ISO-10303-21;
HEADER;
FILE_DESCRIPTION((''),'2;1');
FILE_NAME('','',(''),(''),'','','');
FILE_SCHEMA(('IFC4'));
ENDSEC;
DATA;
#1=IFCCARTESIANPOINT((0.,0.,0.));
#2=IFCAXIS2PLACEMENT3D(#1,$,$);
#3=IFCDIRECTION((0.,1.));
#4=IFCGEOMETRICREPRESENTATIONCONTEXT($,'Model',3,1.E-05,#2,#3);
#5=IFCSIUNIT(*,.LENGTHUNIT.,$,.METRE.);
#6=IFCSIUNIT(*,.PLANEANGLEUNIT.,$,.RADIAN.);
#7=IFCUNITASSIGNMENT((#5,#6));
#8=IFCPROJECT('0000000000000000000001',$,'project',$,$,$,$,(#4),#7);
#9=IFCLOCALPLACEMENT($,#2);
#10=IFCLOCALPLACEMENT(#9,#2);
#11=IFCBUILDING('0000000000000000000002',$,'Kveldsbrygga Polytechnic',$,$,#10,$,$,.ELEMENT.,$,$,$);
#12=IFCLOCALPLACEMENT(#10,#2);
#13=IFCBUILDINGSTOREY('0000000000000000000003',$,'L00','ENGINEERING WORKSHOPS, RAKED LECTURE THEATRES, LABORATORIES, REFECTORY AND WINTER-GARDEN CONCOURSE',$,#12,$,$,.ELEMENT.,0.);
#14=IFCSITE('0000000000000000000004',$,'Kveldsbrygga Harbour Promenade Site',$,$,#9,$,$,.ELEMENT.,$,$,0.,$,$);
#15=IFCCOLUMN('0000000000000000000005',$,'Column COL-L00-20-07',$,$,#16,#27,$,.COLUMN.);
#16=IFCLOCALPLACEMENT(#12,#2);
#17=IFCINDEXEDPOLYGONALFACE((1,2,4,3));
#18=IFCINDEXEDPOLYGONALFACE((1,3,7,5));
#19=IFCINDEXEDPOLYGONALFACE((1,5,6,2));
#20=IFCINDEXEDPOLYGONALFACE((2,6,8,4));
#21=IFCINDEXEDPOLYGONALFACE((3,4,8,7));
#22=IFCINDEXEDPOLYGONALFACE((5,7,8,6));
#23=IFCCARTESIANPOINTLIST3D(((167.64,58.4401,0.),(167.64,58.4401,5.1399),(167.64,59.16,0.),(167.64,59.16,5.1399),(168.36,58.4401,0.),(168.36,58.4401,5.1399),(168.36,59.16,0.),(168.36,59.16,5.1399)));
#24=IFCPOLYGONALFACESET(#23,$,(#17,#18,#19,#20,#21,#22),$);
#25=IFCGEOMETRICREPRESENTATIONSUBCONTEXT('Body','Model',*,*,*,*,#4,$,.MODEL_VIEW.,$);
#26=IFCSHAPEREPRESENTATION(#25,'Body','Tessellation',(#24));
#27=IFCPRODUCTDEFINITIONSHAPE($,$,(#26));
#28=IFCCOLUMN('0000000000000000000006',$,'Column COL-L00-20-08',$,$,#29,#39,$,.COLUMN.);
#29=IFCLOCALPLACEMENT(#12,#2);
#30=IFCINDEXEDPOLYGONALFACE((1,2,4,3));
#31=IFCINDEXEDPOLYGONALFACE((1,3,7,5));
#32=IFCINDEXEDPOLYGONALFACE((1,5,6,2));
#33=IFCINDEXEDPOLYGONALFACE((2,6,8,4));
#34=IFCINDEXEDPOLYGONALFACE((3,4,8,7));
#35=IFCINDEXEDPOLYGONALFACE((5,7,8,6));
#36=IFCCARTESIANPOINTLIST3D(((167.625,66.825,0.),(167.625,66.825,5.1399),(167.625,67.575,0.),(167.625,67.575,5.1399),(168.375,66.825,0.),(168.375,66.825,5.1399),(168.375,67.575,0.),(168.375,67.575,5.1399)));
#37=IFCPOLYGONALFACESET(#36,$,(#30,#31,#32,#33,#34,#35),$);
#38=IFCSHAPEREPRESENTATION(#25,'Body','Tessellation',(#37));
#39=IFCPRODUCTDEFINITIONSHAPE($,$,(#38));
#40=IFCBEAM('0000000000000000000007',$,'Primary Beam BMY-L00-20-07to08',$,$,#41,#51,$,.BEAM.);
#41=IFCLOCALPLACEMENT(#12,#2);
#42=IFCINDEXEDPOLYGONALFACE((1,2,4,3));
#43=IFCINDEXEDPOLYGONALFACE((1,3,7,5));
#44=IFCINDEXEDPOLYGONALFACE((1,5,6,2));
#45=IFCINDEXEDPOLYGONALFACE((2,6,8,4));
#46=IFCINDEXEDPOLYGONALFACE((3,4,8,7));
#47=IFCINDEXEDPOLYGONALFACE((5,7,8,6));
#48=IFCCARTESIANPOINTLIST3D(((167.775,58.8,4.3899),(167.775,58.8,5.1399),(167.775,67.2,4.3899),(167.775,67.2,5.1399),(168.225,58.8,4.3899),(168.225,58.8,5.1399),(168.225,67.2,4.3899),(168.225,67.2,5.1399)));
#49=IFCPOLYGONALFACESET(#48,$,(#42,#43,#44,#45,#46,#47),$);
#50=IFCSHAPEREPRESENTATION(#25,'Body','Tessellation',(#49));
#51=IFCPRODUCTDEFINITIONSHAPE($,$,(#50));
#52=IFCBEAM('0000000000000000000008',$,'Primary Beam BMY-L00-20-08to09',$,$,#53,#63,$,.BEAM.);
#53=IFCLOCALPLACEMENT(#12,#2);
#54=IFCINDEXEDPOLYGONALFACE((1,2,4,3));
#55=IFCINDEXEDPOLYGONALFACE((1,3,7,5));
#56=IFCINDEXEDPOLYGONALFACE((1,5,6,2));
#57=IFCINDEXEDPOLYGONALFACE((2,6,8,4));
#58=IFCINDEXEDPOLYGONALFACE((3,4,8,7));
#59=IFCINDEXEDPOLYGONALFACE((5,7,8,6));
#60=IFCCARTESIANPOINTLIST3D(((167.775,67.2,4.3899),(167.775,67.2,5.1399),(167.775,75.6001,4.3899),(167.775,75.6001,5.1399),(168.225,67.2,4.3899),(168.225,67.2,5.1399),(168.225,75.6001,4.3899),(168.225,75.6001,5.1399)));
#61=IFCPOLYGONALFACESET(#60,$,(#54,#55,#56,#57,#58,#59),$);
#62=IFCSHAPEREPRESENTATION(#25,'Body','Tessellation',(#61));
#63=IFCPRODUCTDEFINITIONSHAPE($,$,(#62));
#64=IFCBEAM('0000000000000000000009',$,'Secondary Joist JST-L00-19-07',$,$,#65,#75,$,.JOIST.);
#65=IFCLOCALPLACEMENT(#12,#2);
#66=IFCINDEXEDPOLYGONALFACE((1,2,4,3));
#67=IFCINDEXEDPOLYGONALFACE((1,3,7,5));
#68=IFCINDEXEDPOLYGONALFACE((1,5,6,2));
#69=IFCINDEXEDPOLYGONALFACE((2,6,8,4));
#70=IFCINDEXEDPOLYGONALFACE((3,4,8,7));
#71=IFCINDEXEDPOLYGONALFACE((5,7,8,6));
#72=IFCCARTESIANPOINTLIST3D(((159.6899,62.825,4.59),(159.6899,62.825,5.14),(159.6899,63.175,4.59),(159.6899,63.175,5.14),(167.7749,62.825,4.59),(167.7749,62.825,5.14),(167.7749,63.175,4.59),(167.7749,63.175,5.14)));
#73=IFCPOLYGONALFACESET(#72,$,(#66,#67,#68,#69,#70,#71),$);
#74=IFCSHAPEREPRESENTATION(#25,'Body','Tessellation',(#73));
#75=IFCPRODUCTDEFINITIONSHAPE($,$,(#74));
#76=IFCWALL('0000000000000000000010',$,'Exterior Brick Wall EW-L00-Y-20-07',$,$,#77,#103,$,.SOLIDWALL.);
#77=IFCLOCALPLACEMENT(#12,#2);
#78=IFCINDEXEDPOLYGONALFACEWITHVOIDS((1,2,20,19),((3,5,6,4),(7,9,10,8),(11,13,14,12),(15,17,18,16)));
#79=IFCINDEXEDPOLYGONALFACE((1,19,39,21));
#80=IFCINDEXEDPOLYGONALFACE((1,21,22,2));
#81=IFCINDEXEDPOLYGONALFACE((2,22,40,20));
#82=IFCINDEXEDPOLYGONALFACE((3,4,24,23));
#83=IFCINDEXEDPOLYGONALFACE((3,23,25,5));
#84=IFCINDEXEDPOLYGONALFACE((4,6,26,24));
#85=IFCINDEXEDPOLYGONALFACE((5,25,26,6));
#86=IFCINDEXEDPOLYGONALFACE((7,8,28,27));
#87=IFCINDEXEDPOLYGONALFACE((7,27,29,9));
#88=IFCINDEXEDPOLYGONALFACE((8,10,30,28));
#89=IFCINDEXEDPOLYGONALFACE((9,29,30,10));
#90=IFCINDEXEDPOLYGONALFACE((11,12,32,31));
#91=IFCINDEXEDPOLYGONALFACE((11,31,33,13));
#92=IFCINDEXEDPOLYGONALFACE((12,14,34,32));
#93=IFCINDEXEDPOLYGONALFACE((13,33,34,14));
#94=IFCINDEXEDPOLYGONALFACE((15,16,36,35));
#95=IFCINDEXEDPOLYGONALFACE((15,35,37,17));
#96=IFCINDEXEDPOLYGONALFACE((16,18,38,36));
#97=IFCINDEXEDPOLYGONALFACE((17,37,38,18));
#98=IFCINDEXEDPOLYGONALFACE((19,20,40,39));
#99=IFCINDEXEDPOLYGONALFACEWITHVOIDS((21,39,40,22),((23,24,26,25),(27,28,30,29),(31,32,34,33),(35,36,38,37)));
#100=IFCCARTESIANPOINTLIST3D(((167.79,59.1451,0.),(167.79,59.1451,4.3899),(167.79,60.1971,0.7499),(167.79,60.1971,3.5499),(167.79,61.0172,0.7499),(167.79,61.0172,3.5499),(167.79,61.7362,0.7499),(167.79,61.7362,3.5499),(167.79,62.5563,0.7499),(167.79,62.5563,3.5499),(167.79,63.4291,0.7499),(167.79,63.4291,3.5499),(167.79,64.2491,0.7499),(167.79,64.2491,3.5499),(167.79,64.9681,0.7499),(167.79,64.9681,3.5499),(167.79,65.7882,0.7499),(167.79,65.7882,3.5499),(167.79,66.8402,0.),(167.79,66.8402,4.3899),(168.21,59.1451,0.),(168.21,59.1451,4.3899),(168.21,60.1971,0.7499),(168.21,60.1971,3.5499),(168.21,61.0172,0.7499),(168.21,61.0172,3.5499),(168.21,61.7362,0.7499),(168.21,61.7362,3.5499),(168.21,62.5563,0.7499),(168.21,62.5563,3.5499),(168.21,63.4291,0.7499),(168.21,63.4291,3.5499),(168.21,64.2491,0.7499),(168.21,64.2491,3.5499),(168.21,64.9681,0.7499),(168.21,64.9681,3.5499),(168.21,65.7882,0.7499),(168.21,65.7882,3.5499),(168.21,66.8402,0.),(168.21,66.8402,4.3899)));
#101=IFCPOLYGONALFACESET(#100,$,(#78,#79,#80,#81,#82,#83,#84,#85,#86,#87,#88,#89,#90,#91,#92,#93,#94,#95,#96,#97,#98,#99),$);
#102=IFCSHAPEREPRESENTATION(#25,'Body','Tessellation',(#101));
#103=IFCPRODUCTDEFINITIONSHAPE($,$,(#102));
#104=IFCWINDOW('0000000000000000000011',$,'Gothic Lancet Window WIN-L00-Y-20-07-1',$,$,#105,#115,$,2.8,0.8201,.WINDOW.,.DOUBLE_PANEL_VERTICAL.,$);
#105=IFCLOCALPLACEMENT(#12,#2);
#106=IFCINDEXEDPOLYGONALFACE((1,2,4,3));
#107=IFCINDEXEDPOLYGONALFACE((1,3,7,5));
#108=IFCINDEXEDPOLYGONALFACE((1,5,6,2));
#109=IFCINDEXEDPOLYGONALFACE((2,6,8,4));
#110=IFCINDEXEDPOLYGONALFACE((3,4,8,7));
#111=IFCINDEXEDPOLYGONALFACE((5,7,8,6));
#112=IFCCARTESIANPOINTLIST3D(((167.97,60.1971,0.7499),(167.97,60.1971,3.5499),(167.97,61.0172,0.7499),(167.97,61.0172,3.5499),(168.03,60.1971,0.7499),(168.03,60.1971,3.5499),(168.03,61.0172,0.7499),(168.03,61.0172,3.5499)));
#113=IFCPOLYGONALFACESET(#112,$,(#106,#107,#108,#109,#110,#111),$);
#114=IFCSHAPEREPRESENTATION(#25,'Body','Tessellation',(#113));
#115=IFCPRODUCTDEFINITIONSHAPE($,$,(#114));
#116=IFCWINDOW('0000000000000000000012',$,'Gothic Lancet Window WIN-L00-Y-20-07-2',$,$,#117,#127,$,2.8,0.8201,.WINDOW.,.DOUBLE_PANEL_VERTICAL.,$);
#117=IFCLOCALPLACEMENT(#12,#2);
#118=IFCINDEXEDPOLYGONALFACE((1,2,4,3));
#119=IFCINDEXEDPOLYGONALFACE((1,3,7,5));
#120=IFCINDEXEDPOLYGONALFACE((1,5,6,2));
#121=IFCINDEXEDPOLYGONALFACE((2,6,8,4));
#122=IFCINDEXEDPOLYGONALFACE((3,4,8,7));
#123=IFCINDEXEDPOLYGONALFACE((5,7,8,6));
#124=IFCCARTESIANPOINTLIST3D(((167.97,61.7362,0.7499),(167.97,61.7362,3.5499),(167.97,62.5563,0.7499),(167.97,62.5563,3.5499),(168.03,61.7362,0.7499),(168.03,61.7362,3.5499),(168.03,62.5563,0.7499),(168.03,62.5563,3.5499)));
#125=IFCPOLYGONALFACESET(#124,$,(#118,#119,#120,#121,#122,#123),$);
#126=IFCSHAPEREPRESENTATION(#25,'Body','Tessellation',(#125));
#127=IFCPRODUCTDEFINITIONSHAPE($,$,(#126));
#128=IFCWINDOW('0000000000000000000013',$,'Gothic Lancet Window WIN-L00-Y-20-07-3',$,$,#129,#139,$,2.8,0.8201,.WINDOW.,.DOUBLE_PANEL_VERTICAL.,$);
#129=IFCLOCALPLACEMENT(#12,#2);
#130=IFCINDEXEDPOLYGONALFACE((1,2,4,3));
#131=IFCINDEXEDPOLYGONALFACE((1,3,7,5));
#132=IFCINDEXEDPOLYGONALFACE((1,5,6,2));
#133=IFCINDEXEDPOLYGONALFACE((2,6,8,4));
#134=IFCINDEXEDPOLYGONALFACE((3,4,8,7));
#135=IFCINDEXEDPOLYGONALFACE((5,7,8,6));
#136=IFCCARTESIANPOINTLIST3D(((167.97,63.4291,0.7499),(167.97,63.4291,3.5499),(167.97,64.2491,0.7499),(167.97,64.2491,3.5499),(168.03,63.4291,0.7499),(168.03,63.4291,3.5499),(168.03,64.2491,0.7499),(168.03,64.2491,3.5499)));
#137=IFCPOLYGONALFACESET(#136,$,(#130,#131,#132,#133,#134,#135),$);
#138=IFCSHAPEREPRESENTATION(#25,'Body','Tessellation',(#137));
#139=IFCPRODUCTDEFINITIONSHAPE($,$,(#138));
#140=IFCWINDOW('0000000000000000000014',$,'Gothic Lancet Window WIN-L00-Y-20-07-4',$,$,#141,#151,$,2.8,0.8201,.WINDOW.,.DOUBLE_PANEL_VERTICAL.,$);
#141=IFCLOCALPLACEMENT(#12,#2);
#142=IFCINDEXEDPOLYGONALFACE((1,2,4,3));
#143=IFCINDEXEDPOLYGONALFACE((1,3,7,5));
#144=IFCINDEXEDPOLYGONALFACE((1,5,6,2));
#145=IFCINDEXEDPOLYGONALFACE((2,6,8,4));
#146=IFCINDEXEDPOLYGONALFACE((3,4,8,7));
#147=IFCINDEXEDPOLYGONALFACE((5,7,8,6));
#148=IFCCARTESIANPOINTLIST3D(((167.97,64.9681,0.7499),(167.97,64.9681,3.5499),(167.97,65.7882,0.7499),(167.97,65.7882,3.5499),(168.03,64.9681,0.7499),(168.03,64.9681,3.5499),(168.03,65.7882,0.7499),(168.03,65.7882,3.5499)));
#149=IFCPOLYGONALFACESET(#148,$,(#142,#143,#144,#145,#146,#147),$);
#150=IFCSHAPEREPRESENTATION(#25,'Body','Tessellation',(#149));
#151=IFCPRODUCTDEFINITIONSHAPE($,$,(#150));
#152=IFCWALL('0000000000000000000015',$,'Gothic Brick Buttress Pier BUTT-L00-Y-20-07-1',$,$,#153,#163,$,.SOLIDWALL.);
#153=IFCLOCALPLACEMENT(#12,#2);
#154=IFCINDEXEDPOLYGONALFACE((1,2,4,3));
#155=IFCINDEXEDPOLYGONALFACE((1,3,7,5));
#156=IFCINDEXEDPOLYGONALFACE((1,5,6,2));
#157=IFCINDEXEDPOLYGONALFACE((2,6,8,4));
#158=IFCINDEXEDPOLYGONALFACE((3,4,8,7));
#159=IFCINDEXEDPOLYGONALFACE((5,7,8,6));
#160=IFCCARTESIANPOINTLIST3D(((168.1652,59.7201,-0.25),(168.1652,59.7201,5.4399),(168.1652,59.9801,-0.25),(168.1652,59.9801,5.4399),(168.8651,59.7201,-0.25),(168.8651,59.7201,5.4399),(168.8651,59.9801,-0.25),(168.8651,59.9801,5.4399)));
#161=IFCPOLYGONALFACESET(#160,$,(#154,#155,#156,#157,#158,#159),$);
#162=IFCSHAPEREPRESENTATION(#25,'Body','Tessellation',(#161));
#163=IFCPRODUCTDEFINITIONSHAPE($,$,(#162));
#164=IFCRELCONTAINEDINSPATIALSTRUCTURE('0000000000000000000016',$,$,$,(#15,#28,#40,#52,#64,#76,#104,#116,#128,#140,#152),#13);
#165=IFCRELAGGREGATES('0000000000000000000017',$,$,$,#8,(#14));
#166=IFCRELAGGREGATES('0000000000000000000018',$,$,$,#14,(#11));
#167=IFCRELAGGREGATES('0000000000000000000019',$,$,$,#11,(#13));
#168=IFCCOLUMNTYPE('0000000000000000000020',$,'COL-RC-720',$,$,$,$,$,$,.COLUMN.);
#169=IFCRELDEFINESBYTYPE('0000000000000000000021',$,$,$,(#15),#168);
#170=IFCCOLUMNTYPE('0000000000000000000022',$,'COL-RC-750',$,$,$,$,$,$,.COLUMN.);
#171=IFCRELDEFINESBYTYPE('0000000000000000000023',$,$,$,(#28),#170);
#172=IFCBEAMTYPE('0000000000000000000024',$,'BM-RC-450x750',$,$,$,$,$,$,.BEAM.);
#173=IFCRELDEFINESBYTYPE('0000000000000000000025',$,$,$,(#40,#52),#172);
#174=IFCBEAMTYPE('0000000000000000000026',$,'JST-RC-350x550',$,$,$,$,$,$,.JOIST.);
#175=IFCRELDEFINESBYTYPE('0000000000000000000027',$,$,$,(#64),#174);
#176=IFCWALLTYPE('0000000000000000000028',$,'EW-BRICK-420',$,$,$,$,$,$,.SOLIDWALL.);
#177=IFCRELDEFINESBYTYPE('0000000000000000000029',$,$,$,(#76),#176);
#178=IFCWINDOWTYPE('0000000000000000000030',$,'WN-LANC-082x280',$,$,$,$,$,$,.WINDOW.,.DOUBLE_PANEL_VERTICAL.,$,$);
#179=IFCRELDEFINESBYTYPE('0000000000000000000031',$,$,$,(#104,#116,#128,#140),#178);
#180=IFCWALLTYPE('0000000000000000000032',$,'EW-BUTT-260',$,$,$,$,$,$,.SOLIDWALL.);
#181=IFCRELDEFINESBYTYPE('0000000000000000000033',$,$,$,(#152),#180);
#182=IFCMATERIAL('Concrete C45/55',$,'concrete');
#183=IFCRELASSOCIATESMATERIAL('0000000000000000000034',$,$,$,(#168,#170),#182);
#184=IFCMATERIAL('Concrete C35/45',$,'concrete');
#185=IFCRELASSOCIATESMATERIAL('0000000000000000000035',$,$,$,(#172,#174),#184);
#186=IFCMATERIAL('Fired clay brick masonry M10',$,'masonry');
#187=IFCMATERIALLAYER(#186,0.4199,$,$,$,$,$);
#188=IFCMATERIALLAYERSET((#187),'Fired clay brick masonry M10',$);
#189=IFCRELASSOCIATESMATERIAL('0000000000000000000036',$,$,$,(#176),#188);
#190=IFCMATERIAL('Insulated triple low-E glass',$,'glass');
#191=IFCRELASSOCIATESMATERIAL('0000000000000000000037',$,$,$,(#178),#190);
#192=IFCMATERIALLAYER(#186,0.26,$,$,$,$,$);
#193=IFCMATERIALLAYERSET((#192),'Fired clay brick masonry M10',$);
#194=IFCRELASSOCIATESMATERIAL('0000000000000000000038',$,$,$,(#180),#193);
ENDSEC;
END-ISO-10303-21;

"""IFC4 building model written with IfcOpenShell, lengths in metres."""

from ifc_helpers import new_model, si_unit, direction, frame, frame_2d, origin, origin_2d, place, context, subcontext, project, spatial, rectangle, extrude, material, layer, layer_set, material_profile, profile_set, type_object, element, fill, save


model = new_model("IFC4")

# Units and contexts
model_context = context("Model", 3, precision=1e-05, world=origin(), true_north=direction((0.0, 1.0)))
body_context = subcontext(model_context, "Body", "Model", "MODEL_VIEW")
ifc_project = project(units=[si_unit("LENGTHUNIT", "METRE"), si_unit("PLANEANGLEUNIT", "RADIAN")], contexts=[model_context])

# Site, building, storey
site_placement = place(None, origin())
site = spatial("IfcSite", under=ifc_project, at=site_placement, Name="Kveldsbrygga Harbour Promenade Site", CompositionType="ELEMENT", RefElevation=0.0)
building_placement = place(site_placement, origin())
building = spatial("IfcBuilding", under=site, at=building_placement, Name="Kveldsbrygga Polytechnic", CompositionType="ELEMENT")
storey_placement = place(building_placement, origin())
storey = spatial("IfcBuildingStorey", under=building, at=storey_placement, Name="L00", Description="ENGINEERING WORKSHOPS, RAKED LECTURE THEATRES, LABORATORIES, REFECTORY AND WINTER-GARDEN CONCOURSE", CompositionType="ELEMENT", Elevation=0.0)

# Columns
ifc_material_1 = material(Name="Concrete C45/55", Category="concrete")
ifc_material_profile_1 = material_profile(ifc_material_1, rectangle(XDim=0.72, YDim=0.72, at=origin_2d()), Name="RC 720x720")
ifc_profile_set_1 = profile_set([ifc_material_profile_1], Name="Concrete C45/55")
column_type_1 = type_object("IfcColumnType", Name="COL-RC-720", PredefinedType="COLUMN", material=ifc_profile_set_1)
column_1_placement = place(storey_placement, frame((168.0, 58.8, 0.0), z_axis=(0.0, 0.0, 1.0), x_axis=(1.0, 0.0, 0.0)))
element("IfcColumn", 1, at=column_1_placement, inside=storey, type_object=column_type_1, Name="Column COL-L00-20-07", PredefinedType="COLUMN", context=body_context, shape_type="SweptSolid", body=[
    extrude(rectangle(XDim=0.72, YDim=0.72, at=origin_2d()), origin(), (0.0, 0.0, 1.0), 5.1399),
])
ifc_material_profile_2 = material_profile(ifc_material_1, rectangle(XDim=0.75, YDim=0.75, at=origin_2d()), Name="RC 750x750")
ifc_profile_set_2 = profile_set([ifc_material_profile_2], Name="Concrete C45/55")
column_type_2 = type_object("IfcColumnType", Name="COL-RC-750", PredefinedType="COLUMN", material=ifc_profile_set_2)
column_2_placement = place(storey_placement, frame((168.0, 67.2, 0.0), z_axis=(0.0, 0.0, 1.0), x_axis=(1.0, 0.0, 0.0)))
element("IfcColumn", 2, at=column_2_placement, inside=storey, type_object=column_type_2, Name="Column COL-L00-20-08", PredefinedType="COLUMN", context=body_context, shape_type="SweptSolid", body=[
    extrude(rectangle(XDim=0.75, YDim=0.75, at=origin_2d()), origin(), (0.0, 0.0, 1.0), 5.1399),
])

# Beams
ifc_material_2 = material(Name="Concrete C35/45", Category="concrete")
ifc_material_profile_3 = material_profile(ifc_material_2, rectangle(XDim=0.45, YDim=0.75, at=origin_2d()), Name="RC 450x750")
ifc_profile_set_3 = profile_set([ifc_material_profile_3], Name="Concrete C35/45")
beam_type_1 = type_object("IfcBeamType", Name="BM-RC-450x750", PredefinedType="BEAM", material=ifc_profile_set_3)
beam_1_placement = place(storey_placement, frame((168.0, 58.8, 4.7649), z_axis=(0.0, 1.0, 0.0), x_axis=(-1.0, 0.0, 0.0)))
element("IfcBeam", 3, at=beam_1_placement, inside=storey, type_object=beam_type_1, Name="Primary Beam BMY-L00-20-07to08", PredefinedType="BEAM", context=body_context, shape_type="SweptSolid", body=[
    extrude(rectangle(XDim=0.45, YDim=0.75, at=origin_2d()), origin(), (0.0, 0.0, 1.0), 8.3999),
])
beam_2_placement = place(storey_placement, frame((168.0, 67.2, 4.7649), z_axis=(0.0, 1.0, 0.0), x_axis=(-1.0, 0.0, 0.0)))
element("IfcBeam", 4, at=beam_2_placement, inside=storey, type_object=beam_type_1, Name="Primary Beam BMY-L00-20-08to09", PredefinedType="BEAM", context=body_context, shape_type="SweptSolid", body=[
    extrude(rectangle(XDim=0.45, YDim=0.75, at=origin_2d()), origin(), (0.0, 0.0, 1.0), 8.4001),
])
ifc_material_profile_4 = material_profile(ifc_material_2, rectangle(XDim=0.3501, YDim=0.55, at=origin_2d()), Name="RC 350x550")
ifc_profile_set_4 = profile_set([ifc_material_profile_4], Name="Concrete C35/45")
beam_type_2 = type_object("IfcBeamType", Name="JST-RC-350x550", PredefinedType="JOIST", material=ifc_profile_set_4)
beam_3_placement = place(storey_placement, frame((159.6899, 63.0, 4.865), z_axis=(1.0, 0.0, 0.0), x_axis=(0.0, 1.0, 0.0)))
element("IfcBeam", 5, at=beam_3_placement, inside=storey, type_object=beam_type_2, Name="Secondary Joist JST-L00-19-07", PredefinedType="JOIST", context=body_context, shape_type="SweptSolid", body=[
    extrude(rectangle(XDim=0.3501, YDim=0.55, at=origin_2d()), origin(), (0.0, 0.0, 1.0), 8.085),
])

# Wall, openings, windows
ifc_material_3 = material(Name="Fired clay brick masonry M10", Category="masonry")
ifc_layer_1 = layer(ifc_material_3, 0.4199)
ifc_layer_set_1 = layer_set([ifc_layer_1], Name="Fired clay brick masonry M10")
wall_type_1 = type_object("IfcWallType", Name="EW-BRICK-420", PredefinedType="SOLIDWALL", material=ifc_layer_set_1)
wall_1_placement = place(storey_placement, frame((168.0, 59.145, 0.0), z_axis=(0.0, 0.0, 1.0), x_axis=(0.0, 1.0, 0.0)))
wall_1 = element("IfcWall", 6, at=wall_1_placement, inside=storey, type_object=wall_type_1, Name="Exterior Brick Wall EW-L00-Y-20-07", PredefinedType="SOLIDWALL", context=body_context, shape_type="SweptSolid", body=[
    extrude(rectangle(XDim=7.6951, YDim=0.4199, at=frame_2d((3.8477, 0.0))), origin(), (0.0, 0.0, 1.0), 4.3899),
])
opening_1_placement = place(wall_1_placement, frame((1.052, 0.0, 0.75)))
opening_1 = element("IfcOpeningElement", 7, at=opening_1_placement, cuts=wall_1, PredefinedType="OPENING", context=body_context, shape_type="SweptSolid", body=[
    extrude(rectangle(XDim=0.8201, YDim=2.8, at=frame_2d((0.4102, 1.3999))), frame((0.0, 0.22, 0.0), z_axis=(0.0, -1.0, 0.0), x_axis=(1.0, 0.0, 0.0)), (0.0, 0.0, 1.0), 0.4399),
])
opening_2_placement = place(wall_1_placement, frame((2.5911, 0.0, 0.75)))
opening_2 = element("IfcOpeningElement", 8, at=opening_2_placement, cuts=wall_1, PredefinedType="OPENING", context=body_context, shape_type="SweptSolid", body=[
    extrude(rectangle(XDim=0.8201, YDim=2.8, at=frame_2d((0.4102, 1.3999))), frame((0.0, 0.22, 0.0), z_axis=(0.0, -1.0, 0.0), x_axis=(1.0, 0.0, 0.0)), (0.0, 0.0, 1.0), 0.4399),
])
opening_3_placement = place(wall_1_placement, frame((4.2839, 0.0, 0.75)))
opening_3 = element("IfcOpeningElement", 9, at=opening_3_placement, cuts=wall_1, PredefinedType="OPENING", context=body_context, shape_type="SweptSolid", body=[
    extrude(rectangle(XDim=0.8201, YDim=2.8, at=frame_2d((0.4102, 1.3999))), frame((0.0, 0.22, 0.0), z_axis=(0.0, -1.0, 0.0), x_axis=(1.0, 0.0, 0.0)), (0.0, 0.0, 1.0), 0.4399),
])
opening_4_placement = place(wall_1_placement, frame((5.823, 0.0, 0.75)))
opening_4 = element("IfcOpeningElement", 10, at=opening_4_placement, cuts=wall_1, PredefinedType="OPENING", context=body_context, shape_type="SweptSolid", body=[
    extrude(rectangle(XDim=0.8201, YDim=2.8, at=frame_2d((0.4102, 1.3999))), frame((0.0, 0.22, 0.0), z_axis=(0.0, -1.0, 0.0), x_axis=(1.0, 0.0, 0.0)), (0.0, 0.0, 1.0), 0.4399),
])
ifc_material_4 = material(Name="Insulated triple low-E glass", Category="glass")
window_type = type_object("IfcWindowType", Name="WN-LANC-082x280", PartitioningType="DOUBLE_PANEL_VERTICAL", PredefinedType="WINDOW", material=ifc_material_4)
window_1_placement = place(opening_1_placement, origin())
window_1 = element("IfcWindow", 11, at=window_1_placement, inside=storey, type_object=window_type, Name="Gothic Lancet Window WIN-L00-Y-20-07-1", OverallHeight=2.8, OverallWidth=0.8201, PartitioningType="DOUBLE_PANEL_VERTICAL", PredefinedType="WINDOW", context=body_context, shape_type="SweptSolid", body=[
    extrude(rectangle(XDim=0.8201, YDim=2.8, at=frame_2d((0.4102, 1.3999))), frame((0.0, 0.03, 0.0), z_axis=(0.0, -1.0, 0.0), x_axis=(1.0, 0.0, 0.0)), (0.0, 0.0, 1.0), 0.0601),
])
fill(opening_1, window_1)
window_2_placement = place(opening_2_placement, origin())
window_2 = element("IfcWindow", 12, at=window_2_placement, inside=storey, type_object=window_type, Name="Gothic Lancet Window WIN-L00-Y-20-07-2", OverallHeight=2.8, OverallWidth=0.8201, PartitioningType="DOUBLE_PANEL_VERTICAL", PredefinedType="WINDOW", context=body_context, shape_type="SweptSolid", body=[
    extrude(rectangle(XDim=0.8201, YDim=2.8, at=frame_2d((0.4102, 1.3999))), frame((0.0, 0.03, 0.0), z_axis=(0.0, -1.0, 0.0), x_axis=(1.0, 0.0, 0.0)), (0.0, 0.0, 1.0), 0.0601),
])
fill(opening_2, window_2)
window_3_placement = place(opening_3_placement, origin())
window_3 = element("IfcWindow", 13, at=window_3_placement, inside=storey, type_object=window_type, Name="Gothic Lancet Window WIN-L00-Y-20-07-3", OverallHeight=2.8, OverallWidth=0.8201, PartitioningType="DOUBLE_PANEL_VERTICAL", PredefinedType="WINDOW", context=body_context, shape_type="SweptSolid", body=[
    extrude(rectangle(XDim=0.8201, YDim=2.8, at=frame_2d((0.4102, 1.3999))), frame((0.0, 0.03, 0.0), z_axis=(0.0, -1.0, 0.0), x_axis=(1.0, 0.0, 0.0)), (0.0, 0.0, 1.0), 0.0601),
])
fill(opening_3, window_3)
window_4_placement = place(opening_4_placement, origin())
window_4 = element("IfcWindow", 14, at=window_4_placement, inside=storey, type_object=window_type, Name="Gothic Lancet Window WIN-L00-Y-20-07-4", OverallHeight=2.8, OverallWidth=0.8201, PartitioningType="DOUBLE_PANEL_VERTICAL", PredefinedType="WINDOW", context=body_context, shape_type="SweptSolid", body=[
    extrude(rectangle(XDim=0.8201, YDim=2.8, at=frame_2d((0.4102, 1.3999))), frame((0.0, 0.03, 0.0), z_axis=(0.0, -1.0, 0.0), x_axis=(1.0, 0.0, 0.0)), (0.0, 0.0, 1.0), 0.0601),
])
fill(opening_4, window_4)

# Wall
ifc_layer_2 = layer(ifc_material_3, 0.26)
ifc_layer_set_2 = layer_set([ifc_layer_2], Name="Fired clay brick masonry M10")
wall_type_2 = type_object("IfcWallType", Name="EW-BUTT-260", PredefinedType="SOLIDWALL", material=ifc_layer_set_2)
for number, where, z_axis, x_axis, name in (
    (15, (168.165, 59.8501, -0.25), (0.0, 0.0, 1.0), (1.0, 0.0, 0.0), "Gothic Brick Buttress Pier BUTT-L00-Y-20-07-1"),
):
    element("IfcWall", number, at=place(storey_placement, frame(where, z_axis=z_axis, x_axis=x_axis)), inside=storey, type_object=wall_type_2, Name=name, PredefinedType="SOLIDWALL", context=body_context, shape_type="SweptSolid", body=[
        extrude(rectangle(XDim=0.7, YDim=0.26, at=frame_2d((0.3501, 0.0))), origin(), (0.0, 0.0, 1.0), 5.6899),
    ])

save(model, "model.ifc")
